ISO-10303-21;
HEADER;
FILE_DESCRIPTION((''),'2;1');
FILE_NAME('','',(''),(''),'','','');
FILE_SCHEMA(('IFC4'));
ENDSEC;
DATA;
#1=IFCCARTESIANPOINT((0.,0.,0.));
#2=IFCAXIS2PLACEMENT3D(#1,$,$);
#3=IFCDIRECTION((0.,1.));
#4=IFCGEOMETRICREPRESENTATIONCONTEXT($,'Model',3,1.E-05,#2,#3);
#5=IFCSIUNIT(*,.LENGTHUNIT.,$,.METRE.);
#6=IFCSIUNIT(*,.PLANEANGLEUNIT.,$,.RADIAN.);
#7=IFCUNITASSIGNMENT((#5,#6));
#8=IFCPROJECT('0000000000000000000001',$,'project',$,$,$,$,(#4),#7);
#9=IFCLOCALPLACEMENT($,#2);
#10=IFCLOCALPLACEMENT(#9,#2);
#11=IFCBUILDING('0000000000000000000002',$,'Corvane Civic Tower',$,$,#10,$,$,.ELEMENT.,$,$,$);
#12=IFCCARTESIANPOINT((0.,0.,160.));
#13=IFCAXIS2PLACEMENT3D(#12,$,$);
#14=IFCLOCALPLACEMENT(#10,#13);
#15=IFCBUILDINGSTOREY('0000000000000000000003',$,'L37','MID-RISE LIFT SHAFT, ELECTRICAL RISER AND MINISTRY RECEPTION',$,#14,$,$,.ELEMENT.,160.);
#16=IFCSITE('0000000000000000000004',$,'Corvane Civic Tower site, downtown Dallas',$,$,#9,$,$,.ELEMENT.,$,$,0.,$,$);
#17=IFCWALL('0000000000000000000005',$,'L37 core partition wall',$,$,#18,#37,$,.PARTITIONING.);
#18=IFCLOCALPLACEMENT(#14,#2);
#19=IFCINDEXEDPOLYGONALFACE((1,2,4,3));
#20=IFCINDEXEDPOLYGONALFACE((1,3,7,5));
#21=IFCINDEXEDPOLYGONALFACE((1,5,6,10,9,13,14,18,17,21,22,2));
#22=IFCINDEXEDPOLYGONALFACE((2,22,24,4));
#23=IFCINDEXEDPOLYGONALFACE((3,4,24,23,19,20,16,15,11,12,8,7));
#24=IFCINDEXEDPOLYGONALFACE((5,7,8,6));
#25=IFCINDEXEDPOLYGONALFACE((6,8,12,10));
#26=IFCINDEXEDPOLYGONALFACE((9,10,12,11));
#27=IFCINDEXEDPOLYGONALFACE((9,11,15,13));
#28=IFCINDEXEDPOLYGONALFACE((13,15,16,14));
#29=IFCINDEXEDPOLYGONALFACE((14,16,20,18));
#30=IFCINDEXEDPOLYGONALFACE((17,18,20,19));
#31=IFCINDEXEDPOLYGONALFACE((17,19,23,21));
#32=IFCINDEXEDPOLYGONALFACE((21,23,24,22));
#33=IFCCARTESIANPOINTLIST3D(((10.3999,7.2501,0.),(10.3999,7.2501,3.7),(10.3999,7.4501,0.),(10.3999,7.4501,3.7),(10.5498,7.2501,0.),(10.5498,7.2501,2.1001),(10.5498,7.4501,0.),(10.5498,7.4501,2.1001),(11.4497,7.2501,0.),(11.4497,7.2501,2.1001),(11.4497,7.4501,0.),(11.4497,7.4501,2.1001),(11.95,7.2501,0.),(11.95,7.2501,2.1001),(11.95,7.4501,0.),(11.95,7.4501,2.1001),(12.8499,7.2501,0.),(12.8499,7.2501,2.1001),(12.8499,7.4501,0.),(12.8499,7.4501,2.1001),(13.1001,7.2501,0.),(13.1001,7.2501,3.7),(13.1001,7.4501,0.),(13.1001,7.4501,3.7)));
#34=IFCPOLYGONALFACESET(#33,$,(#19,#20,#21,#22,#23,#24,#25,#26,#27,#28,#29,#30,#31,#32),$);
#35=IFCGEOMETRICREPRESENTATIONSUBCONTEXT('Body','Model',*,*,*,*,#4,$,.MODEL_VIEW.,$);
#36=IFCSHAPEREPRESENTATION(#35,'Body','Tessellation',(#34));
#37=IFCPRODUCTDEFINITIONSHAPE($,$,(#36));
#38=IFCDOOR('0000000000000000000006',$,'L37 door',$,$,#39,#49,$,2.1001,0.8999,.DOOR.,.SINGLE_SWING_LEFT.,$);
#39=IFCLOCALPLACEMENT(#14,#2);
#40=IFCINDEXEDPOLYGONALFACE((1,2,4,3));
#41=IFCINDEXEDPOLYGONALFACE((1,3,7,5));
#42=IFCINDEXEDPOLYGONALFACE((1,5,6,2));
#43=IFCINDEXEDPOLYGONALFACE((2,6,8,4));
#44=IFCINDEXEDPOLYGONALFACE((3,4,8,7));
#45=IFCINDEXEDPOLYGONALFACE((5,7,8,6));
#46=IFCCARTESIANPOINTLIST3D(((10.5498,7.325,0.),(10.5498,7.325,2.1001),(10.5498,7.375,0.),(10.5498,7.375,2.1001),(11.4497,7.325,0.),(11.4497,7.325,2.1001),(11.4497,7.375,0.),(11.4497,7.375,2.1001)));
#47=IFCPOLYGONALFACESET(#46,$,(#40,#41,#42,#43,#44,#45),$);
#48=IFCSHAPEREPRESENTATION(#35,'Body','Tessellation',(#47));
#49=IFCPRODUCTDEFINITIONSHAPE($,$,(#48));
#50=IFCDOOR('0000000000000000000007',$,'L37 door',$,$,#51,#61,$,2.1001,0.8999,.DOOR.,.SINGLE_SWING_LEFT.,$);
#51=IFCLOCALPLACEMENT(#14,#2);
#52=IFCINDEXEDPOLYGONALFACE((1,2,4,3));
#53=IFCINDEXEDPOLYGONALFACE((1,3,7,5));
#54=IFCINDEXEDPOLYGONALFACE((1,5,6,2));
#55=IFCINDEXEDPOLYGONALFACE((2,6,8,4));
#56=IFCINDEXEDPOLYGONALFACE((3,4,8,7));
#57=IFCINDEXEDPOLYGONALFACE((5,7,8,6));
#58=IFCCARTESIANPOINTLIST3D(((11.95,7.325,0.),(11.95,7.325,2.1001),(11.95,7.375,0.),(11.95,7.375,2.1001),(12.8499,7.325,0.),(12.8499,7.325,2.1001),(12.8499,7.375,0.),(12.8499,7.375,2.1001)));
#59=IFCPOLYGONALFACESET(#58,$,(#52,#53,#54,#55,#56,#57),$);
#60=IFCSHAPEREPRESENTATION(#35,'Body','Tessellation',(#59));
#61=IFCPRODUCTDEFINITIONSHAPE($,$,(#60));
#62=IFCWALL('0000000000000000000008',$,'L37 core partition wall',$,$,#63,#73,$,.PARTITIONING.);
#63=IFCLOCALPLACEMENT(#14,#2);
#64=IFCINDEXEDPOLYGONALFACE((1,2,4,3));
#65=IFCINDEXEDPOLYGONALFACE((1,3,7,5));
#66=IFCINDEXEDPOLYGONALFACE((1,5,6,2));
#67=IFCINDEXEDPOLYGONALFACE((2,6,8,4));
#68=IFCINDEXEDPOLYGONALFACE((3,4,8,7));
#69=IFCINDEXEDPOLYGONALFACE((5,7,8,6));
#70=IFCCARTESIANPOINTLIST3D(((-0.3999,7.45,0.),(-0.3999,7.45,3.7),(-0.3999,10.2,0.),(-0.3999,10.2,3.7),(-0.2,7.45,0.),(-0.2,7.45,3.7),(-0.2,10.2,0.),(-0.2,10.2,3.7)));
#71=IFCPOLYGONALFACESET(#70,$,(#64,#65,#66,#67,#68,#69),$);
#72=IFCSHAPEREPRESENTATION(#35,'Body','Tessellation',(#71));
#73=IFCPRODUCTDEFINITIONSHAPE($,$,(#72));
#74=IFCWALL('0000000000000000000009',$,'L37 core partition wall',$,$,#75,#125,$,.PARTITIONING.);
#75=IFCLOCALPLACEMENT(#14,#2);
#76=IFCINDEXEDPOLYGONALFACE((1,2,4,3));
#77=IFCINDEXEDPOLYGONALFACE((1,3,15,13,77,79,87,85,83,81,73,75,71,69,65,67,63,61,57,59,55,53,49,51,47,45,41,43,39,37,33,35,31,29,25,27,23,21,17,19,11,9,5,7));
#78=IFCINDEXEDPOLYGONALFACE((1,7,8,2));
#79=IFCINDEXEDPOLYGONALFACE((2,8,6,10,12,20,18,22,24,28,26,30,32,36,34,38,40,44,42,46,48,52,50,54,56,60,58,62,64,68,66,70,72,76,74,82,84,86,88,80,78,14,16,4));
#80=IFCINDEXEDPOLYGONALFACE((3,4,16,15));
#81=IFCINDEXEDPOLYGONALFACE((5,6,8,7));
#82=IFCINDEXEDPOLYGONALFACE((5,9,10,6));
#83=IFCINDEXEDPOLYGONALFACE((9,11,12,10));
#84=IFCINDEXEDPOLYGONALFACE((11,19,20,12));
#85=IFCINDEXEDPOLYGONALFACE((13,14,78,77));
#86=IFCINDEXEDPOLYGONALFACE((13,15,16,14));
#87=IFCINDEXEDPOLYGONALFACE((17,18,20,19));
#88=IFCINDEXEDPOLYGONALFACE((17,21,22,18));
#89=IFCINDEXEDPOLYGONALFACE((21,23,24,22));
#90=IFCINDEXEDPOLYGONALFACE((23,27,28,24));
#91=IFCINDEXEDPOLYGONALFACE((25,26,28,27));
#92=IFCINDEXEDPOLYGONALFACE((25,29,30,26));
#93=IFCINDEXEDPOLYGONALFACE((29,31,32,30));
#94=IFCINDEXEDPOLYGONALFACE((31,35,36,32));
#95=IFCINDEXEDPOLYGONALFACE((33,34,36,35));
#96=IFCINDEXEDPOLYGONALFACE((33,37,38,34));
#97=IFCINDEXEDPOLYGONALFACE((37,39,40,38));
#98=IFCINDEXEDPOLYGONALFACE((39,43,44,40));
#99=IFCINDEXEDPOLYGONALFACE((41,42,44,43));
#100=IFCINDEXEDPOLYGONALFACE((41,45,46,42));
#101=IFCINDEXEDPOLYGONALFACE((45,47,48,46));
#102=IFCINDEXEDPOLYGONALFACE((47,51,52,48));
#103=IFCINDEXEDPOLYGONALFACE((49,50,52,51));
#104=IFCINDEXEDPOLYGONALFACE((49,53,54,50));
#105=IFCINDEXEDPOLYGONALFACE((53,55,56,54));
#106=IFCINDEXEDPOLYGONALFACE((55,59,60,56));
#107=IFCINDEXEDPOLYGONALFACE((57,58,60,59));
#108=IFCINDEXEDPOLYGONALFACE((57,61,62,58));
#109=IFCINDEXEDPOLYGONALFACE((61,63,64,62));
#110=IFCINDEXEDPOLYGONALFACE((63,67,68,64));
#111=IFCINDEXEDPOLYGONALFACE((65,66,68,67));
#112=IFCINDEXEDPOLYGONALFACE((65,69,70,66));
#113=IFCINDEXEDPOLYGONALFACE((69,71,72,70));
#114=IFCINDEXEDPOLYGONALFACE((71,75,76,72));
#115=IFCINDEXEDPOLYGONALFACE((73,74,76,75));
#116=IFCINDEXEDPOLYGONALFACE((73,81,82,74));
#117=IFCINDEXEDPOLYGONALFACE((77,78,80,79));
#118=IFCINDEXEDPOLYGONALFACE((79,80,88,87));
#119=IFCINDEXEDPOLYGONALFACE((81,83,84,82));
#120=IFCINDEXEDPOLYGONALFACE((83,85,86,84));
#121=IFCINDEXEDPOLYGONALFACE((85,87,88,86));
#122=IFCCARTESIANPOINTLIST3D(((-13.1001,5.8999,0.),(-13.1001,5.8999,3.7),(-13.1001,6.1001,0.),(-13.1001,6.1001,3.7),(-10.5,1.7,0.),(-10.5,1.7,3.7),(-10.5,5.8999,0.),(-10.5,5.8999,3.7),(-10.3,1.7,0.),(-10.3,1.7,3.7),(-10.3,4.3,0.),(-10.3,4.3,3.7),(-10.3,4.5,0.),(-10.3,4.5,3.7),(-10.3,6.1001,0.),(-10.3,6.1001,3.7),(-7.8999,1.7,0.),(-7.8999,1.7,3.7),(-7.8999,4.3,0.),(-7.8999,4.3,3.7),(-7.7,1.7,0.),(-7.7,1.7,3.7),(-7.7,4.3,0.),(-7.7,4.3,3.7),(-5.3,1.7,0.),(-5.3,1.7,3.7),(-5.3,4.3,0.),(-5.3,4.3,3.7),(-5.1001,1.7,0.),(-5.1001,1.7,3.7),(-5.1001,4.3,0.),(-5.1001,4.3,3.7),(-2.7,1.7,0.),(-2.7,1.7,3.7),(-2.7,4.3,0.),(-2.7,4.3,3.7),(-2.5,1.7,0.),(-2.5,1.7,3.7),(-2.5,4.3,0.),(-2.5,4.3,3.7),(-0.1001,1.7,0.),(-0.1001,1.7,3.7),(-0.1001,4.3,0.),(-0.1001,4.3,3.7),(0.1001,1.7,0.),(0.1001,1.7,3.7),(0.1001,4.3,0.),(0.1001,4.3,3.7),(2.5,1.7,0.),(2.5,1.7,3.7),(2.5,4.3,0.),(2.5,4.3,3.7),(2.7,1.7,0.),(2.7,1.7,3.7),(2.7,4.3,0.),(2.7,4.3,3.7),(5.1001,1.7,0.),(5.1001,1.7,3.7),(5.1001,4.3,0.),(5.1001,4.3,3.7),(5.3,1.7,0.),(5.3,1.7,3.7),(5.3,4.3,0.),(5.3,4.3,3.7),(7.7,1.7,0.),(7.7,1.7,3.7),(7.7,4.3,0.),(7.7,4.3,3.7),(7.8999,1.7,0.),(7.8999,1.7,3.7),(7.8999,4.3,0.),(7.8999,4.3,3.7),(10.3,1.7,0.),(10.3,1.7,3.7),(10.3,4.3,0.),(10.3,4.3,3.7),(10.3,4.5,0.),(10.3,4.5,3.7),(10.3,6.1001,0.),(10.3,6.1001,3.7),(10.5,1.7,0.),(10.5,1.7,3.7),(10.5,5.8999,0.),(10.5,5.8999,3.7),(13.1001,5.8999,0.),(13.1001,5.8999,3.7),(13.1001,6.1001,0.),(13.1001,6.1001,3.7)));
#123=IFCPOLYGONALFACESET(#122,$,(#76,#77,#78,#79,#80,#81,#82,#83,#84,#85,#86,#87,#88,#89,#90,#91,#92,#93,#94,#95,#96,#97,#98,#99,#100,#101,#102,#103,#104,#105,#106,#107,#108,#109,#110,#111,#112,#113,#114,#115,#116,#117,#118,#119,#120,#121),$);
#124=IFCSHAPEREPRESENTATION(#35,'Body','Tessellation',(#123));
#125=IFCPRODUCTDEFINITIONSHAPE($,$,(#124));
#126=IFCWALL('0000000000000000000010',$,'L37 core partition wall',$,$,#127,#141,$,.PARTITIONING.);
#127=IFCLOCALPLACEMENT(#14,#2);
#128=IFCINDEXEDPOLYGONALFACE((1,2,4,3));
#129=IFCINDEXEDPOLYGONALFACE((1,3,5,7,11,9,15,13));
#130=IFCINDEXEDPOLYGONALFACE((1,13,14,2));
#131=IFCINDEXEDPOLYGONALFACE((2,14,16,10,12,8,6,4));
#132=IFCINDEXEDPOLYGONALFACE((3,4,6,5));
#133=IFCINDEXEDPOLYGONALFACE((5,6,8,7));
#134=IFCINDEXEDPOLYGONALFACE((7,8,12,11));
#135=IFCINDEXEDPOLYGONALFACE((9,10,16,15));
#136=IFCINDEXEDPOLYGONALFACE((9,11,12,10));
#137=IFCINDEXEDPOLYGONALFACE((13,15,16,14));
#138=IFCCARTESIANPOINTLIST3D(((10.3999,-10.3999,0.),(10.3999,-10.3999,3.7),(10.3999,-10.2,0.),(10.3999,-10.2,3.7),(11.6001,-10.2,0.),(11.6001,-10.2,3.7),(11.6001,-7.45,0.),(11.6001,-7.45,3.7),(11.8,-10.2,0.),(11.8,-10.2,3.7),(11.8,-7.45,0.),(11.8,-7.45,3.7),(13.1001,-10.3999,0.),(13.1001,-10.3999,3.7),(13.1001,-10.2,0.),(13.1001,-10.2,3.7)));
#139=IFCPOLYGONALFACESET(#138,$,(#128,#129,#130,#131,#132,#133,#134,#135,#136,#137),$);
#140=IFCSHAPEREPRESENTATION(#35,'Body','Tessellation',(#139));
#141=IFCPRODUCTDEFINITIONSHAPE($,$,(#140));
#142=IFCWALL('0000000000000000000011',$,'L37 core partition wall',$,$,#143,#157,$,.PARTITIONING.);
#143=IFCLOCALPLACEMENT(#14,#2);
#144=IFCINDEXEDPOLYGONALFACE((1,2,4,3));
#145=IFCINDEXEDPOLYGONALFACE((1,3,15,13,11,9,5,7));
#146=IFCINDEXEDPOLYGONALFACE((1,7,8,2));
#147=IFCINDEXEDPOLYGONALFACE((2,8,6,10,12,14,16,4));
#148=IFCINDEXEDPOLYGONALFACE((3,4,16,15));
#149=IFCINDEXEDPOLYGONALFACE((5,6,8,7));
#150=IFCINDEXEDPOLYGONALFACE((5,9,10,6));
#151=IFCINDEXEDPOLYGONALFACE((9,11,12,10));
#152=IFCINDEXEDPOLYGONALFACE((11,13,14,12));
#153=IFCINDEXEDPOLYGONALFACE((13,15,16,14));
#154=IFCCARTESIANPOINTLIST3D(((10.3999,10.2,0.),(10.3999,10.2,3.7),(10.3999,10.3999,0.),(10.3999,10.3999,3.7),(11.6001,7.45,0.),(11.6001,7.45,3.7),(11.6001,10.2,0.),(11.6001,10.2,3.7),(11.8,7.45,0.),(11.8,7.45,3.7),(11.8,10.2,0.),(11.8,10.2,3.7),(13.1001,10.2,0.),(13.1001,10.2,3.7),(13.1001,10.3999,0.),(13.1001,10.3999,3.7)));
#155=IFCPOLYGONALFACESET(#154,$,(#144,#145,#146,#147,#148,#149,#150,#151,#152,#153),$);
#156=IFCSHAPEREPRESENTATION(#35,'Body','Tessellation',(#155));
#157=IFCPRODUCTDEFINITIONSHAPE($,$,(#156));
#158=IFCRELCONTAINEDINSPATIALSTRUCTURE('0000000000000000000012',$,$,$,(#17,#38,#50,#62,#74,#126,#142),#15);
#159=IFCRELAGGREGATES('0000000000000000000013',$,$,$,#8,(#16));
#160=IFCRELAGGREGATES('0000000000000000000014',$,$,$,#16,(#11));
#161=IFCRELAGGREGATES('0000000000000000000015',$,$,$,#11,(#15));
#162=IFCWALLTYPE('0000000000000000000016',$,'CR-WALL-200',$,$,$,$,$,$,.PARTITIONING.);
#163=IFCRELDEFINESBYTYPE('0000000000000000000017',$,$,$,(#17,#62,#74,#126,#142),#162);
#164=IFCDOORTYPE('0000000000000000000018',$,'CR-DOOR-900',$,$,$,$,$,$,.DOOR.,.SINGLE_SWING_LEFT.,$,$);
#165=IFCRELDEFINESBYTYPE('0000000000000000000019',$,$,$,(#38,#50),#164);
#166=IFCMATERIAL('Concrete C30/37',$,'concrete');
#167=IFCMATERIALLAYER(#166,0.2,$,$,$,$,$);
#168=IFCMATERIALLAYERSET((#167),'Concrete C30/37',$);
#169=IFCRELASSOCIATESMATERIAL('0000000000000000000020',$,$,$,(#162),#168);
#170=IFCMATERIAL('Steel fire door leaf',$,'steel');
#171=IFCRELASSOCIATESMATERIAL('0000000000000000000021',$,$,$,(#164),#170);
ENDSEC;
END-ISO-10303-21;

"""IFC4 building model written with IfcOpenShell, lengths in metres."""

from ifc_helpers import new_model, si_unit, direction, frame, frame_2d, origin, place, context, subcontext, project, spatial, polyline, rectangle, outline, extrude, material, layer, layer_set, type_object, element, fill, save


model = new_model("IFC4")

# Units and contexts
model_context = context("Model", 3, precision=1e-05, world=origin(), true_north=direction((0.0, 1.0)))
body_context = subcontext(model_context, "Body", "Model", "MODEL_VIEW")
ifc_project = project(units=[si_unit("LENGTHUNIT", "METRE"), si_unit("PLANEANGLEUNIT", "RADIAN")], contexts=[model_context])

# Site, building, storey
site_placement = place(None, origin())
site = spatial("IfcSite", under=ifc_project, at=site_placement, Name="Corvane Civic Tower site, downtown Dallas", CompositionType="ELEMENT", RefElevation=0.0)
building_placement = place(site_placement, origin())
building = spatial("IfcBuilding", under=site, at=building_placement, Name="Corvane Civic Tower", CompositionType="ELEMENT")
storey_placement = place(building_placement, frame((0.0, 0.0, 160.0)))
storey = spatial("IfcBuildingStorey", under=building, at=storey_placement, Name="L37", Description="MID-RISE LIFT SHAFT, ELECTRICAL RISER AND MINISTRY RECEPTION", CompositionType="ELEMENT", Elevation=160.0)

# Wall, openings, doors
ifc_material_1 = material(Name="Concrete C30/37", Category="concrete")
ifc_layer_1 = layer(ifc_material_1, 0.2)
ifc_layer_set_1 = layer_set([ifc_layer_1], Name="Concrete C30/37")
wall_type_1 = type_object("IfcWallType", Name="CR-WALL-200", PredefinedType="PARTITIONING", material=ifc_layer_set_1)
wall_1_placement = place(storey_placement, frame((10.3999, 7.3501, 0.0), z_axis=(0.0, 0.0, 1.0), x_axis=(1.0, 0.0, 0.0)))
wall_1 = element("IfcWall", 1, at=wall_1_placement, inside=storey, type_object=wall_type_1, Name="L37 core partition wall", PredefinedType="PARTITIONING", context=body_context, shape_type="SweptSolid", body=[
    extrude(rectangle(XDim=2.7002, YDim=0.2, at=frame_2d((1.3501, 0.0))), origin(), (0.0, 0.0, 1.0), 3.7),
])
opening_1_placement = place(wall_1_placement, frame((0.1499, 0.0, 0.0)))
opening_1 = element("IfcOpeningElement", 2, at=opening_1_placement, cuts=wall_1, PredefinedType="OPENING", context=body_context, shape_type="SweptSolid", body=[
    extrude(rectangle(XDim=0.8999, YDim=2.1001, at=frame_2d((0.45, 1.05))), frame((0.0, 0.1099, 0.0), z_axis=(0.0, -1.0, 0.0), x_axis=(1.0, 0.0, 0.0)), (0.0, 0.0, 1.0), 0.22),
])
opening_2_placement = place(wall_1_placement, frame((1.55, 0.0, 0.0)))
opening_2 = element("IfcOpeningElement", 3, at=opening_2_placement, cuts=wall_1, PredefinedType="OPENING", context=body_context, shape_type="SweptSolid", body=[
    extrude(rectangle(XDim=0.8999, YDim=2.1001, at=frame_2d((0.45, 1.05))), frame((0.0, 0.1099, 0.0), z_axis=(0.0, -1.0, 0.0), x_axis=(1.0, 0.0, 0.0)), (0.0, 0.0, 1.0), 0.22),
])
ifc_material_2 = material(Name="Steel fire door leaf", Category="steel")
door_type_1 = type_object("IfcDoorType", Name="CR-DOOR-900", OperationType="SINGLE_SWING_LEFT", PredefinedType="DOOR", material=ifc_material_2)
door_1_placement = place(opening_1_placement, origin())
door_1 = element("IfcDoor", 4, at=door_1_placement, inside=storey, type_object=door_type_1, Name="L37 door", OperationType="SINGLE_SWING_LEFT", OverallHeight=2.1001, OverallWidth=0.8999, PredefinedType="DOOR", context=body_context, shape_type="SweptSolid", body=[
    extrude(rectangle(XDim=0.8999, YDim=2.1001, at=frame_2d((0.45, 1.05))), frame((0.0, 0.0249, 0.0), z_axis=(0.0, -1.0, 0.0), x_axis=(1.0, 0.0, 0.0)), (0.0, 0.0, 1.0), 0.05),
])
fill(opening_1, door_1)
door_2_placement = place(opening_2_placement, origin())
door_2 = element("IfcDoor", 5, at=door_2_placement, inside=storey, type_object=door_type_1, Name="L37 door", OperationType="SINGLE_SWING_LEFT", OverallHeight=2.1001, OverallWidth=0.8999, PredefinedType="DOOR", context=body_context, shape_type="SweptSolid", body=[
    extrude(rectangle(XDim=0.8999, YDim=2.1001, at=frame_2d((0.45, 1.05))), frame((0.0, 0.0249, 0.0), z_axis=(0.0, -1.0, 0.0), x_axis=(1.0, 0.0, 0.0)), (0.0, 0.0, 1.0), 0.05),
])
fill(opening_2, door_2)

# Walls
wall_2_placement = place(storey_placement, origin())
element("IfcWall", 6, at=wall_2_placement, inside=storey, type_object=wall_type_1, Name="L37 core partition wall", PredefinedType="PARTITIONING", context=body_context, shape_type="SweptSolid", body=[
    extrude(outline(polyline([(-0.2, 7.45), (-0.3999, 7.45), (-0.3999, 10.2), (-0.2, 10.2), (-0.2, 7.45)])), origin(), (0.0, 0.0, 1.0), 3.7),
])
wall_3_placement = place(storey_placement, origin())
element("IfcWall", 7, at=wall_3_placement, inside=storey, type_object=wall_type_1, Name="L37 core partition wall", PredefinedType="PARTITIONING", context=body_context, shape_type="SweptSolid", body=[
    extrude(outline(polyline([(-10.3, 1.7), (-10.5, 1.7), (-10.5, 5.8999), (-13.1001, 5.8999), (-13.1001, 6.1001), (-10.3, 6.1001), (-10.3, 4.5), (10.3, 4.5), (10.3, 6.1001), (13.1001, 6.1001), (13.1001, 5.8999), (10.5, 5.8999), (10.5, 1.7), (10.3, 1.7), (10.3, 4.3), (7.8999, 4.3), (7.8999, 1.7), (7.7, 1.7), (7.7, 4.3), (5.3, 4.3), (5.3, 1.7), (5.1001, 1.7), (5.1001, 4.3), (2.7, 4.3), (2.7, 1.7), (2.5, 1.7), (2.5, 4.3), (0.1001, 4.3), (0.1001, 1.7), (-0.1001, 1.7), (-0.1001, 4.3), (-2.5, 4.3), (-2.5, 1.7), (-2.7, 1.7), (-2.7, 4.3), (-5.1001, 4.3), (-5.1001, 1.7), (-5.3, 1.7), (-5.3, 4.3), (-7.7, 4.3), (-7.7, 1.7), (-7.8999, 1.7), (-7.8999, 4.3), (-10.3, 4.3), (-10.3, 1.7)])), origin(), (0.0, 0.0, 1.0), 3.7),
])
wall_4_placement = place(storey_placement, origin())
element("IfcWall", 8, at=wall_4_placement, inside=storey, type_object=wall_type_1, Name="L37 core partition wall", PredefinedType="PARTITIONING", context=body_context, shape_type="SweptSolid", body=[
    extrude(outline(polyline([(11.8, -7.45), (11.8, -10.2), (13.1001, -10.2), (13.1001, -10.3999), (10.3999, -10.3999), (10.3999, -10.2), (11.6001, -10.2), (11.6001, -7.45), (11.8, -7.45)])), origin(), (0.0, 0.0, 1.0), 3.7),
])
wall_5_placement = place(storey_placement, origin())
element("IfcWall", 9, at=wall_5_placement, inside=storey, type_object=wall_type_1, Name="L37 core partition wall", PredefinedType="PARTITIONING", context=body_context, shape_type="SweptSolid", body=[
    extrude(outline(polyline([(13.1001, 10.3999), (13.1001, 10.2), (11.8, 10.2), (11.8, 7.45), (11.6001, 7.45), (11.6001, 10.2), (10.3999, 10.2), (10.3999, 10.3999), (13.1001, 10.3999)])), origin(), (0.0, 0.0, 1.0), 3.7),
])

save(model, "model.ifc")
